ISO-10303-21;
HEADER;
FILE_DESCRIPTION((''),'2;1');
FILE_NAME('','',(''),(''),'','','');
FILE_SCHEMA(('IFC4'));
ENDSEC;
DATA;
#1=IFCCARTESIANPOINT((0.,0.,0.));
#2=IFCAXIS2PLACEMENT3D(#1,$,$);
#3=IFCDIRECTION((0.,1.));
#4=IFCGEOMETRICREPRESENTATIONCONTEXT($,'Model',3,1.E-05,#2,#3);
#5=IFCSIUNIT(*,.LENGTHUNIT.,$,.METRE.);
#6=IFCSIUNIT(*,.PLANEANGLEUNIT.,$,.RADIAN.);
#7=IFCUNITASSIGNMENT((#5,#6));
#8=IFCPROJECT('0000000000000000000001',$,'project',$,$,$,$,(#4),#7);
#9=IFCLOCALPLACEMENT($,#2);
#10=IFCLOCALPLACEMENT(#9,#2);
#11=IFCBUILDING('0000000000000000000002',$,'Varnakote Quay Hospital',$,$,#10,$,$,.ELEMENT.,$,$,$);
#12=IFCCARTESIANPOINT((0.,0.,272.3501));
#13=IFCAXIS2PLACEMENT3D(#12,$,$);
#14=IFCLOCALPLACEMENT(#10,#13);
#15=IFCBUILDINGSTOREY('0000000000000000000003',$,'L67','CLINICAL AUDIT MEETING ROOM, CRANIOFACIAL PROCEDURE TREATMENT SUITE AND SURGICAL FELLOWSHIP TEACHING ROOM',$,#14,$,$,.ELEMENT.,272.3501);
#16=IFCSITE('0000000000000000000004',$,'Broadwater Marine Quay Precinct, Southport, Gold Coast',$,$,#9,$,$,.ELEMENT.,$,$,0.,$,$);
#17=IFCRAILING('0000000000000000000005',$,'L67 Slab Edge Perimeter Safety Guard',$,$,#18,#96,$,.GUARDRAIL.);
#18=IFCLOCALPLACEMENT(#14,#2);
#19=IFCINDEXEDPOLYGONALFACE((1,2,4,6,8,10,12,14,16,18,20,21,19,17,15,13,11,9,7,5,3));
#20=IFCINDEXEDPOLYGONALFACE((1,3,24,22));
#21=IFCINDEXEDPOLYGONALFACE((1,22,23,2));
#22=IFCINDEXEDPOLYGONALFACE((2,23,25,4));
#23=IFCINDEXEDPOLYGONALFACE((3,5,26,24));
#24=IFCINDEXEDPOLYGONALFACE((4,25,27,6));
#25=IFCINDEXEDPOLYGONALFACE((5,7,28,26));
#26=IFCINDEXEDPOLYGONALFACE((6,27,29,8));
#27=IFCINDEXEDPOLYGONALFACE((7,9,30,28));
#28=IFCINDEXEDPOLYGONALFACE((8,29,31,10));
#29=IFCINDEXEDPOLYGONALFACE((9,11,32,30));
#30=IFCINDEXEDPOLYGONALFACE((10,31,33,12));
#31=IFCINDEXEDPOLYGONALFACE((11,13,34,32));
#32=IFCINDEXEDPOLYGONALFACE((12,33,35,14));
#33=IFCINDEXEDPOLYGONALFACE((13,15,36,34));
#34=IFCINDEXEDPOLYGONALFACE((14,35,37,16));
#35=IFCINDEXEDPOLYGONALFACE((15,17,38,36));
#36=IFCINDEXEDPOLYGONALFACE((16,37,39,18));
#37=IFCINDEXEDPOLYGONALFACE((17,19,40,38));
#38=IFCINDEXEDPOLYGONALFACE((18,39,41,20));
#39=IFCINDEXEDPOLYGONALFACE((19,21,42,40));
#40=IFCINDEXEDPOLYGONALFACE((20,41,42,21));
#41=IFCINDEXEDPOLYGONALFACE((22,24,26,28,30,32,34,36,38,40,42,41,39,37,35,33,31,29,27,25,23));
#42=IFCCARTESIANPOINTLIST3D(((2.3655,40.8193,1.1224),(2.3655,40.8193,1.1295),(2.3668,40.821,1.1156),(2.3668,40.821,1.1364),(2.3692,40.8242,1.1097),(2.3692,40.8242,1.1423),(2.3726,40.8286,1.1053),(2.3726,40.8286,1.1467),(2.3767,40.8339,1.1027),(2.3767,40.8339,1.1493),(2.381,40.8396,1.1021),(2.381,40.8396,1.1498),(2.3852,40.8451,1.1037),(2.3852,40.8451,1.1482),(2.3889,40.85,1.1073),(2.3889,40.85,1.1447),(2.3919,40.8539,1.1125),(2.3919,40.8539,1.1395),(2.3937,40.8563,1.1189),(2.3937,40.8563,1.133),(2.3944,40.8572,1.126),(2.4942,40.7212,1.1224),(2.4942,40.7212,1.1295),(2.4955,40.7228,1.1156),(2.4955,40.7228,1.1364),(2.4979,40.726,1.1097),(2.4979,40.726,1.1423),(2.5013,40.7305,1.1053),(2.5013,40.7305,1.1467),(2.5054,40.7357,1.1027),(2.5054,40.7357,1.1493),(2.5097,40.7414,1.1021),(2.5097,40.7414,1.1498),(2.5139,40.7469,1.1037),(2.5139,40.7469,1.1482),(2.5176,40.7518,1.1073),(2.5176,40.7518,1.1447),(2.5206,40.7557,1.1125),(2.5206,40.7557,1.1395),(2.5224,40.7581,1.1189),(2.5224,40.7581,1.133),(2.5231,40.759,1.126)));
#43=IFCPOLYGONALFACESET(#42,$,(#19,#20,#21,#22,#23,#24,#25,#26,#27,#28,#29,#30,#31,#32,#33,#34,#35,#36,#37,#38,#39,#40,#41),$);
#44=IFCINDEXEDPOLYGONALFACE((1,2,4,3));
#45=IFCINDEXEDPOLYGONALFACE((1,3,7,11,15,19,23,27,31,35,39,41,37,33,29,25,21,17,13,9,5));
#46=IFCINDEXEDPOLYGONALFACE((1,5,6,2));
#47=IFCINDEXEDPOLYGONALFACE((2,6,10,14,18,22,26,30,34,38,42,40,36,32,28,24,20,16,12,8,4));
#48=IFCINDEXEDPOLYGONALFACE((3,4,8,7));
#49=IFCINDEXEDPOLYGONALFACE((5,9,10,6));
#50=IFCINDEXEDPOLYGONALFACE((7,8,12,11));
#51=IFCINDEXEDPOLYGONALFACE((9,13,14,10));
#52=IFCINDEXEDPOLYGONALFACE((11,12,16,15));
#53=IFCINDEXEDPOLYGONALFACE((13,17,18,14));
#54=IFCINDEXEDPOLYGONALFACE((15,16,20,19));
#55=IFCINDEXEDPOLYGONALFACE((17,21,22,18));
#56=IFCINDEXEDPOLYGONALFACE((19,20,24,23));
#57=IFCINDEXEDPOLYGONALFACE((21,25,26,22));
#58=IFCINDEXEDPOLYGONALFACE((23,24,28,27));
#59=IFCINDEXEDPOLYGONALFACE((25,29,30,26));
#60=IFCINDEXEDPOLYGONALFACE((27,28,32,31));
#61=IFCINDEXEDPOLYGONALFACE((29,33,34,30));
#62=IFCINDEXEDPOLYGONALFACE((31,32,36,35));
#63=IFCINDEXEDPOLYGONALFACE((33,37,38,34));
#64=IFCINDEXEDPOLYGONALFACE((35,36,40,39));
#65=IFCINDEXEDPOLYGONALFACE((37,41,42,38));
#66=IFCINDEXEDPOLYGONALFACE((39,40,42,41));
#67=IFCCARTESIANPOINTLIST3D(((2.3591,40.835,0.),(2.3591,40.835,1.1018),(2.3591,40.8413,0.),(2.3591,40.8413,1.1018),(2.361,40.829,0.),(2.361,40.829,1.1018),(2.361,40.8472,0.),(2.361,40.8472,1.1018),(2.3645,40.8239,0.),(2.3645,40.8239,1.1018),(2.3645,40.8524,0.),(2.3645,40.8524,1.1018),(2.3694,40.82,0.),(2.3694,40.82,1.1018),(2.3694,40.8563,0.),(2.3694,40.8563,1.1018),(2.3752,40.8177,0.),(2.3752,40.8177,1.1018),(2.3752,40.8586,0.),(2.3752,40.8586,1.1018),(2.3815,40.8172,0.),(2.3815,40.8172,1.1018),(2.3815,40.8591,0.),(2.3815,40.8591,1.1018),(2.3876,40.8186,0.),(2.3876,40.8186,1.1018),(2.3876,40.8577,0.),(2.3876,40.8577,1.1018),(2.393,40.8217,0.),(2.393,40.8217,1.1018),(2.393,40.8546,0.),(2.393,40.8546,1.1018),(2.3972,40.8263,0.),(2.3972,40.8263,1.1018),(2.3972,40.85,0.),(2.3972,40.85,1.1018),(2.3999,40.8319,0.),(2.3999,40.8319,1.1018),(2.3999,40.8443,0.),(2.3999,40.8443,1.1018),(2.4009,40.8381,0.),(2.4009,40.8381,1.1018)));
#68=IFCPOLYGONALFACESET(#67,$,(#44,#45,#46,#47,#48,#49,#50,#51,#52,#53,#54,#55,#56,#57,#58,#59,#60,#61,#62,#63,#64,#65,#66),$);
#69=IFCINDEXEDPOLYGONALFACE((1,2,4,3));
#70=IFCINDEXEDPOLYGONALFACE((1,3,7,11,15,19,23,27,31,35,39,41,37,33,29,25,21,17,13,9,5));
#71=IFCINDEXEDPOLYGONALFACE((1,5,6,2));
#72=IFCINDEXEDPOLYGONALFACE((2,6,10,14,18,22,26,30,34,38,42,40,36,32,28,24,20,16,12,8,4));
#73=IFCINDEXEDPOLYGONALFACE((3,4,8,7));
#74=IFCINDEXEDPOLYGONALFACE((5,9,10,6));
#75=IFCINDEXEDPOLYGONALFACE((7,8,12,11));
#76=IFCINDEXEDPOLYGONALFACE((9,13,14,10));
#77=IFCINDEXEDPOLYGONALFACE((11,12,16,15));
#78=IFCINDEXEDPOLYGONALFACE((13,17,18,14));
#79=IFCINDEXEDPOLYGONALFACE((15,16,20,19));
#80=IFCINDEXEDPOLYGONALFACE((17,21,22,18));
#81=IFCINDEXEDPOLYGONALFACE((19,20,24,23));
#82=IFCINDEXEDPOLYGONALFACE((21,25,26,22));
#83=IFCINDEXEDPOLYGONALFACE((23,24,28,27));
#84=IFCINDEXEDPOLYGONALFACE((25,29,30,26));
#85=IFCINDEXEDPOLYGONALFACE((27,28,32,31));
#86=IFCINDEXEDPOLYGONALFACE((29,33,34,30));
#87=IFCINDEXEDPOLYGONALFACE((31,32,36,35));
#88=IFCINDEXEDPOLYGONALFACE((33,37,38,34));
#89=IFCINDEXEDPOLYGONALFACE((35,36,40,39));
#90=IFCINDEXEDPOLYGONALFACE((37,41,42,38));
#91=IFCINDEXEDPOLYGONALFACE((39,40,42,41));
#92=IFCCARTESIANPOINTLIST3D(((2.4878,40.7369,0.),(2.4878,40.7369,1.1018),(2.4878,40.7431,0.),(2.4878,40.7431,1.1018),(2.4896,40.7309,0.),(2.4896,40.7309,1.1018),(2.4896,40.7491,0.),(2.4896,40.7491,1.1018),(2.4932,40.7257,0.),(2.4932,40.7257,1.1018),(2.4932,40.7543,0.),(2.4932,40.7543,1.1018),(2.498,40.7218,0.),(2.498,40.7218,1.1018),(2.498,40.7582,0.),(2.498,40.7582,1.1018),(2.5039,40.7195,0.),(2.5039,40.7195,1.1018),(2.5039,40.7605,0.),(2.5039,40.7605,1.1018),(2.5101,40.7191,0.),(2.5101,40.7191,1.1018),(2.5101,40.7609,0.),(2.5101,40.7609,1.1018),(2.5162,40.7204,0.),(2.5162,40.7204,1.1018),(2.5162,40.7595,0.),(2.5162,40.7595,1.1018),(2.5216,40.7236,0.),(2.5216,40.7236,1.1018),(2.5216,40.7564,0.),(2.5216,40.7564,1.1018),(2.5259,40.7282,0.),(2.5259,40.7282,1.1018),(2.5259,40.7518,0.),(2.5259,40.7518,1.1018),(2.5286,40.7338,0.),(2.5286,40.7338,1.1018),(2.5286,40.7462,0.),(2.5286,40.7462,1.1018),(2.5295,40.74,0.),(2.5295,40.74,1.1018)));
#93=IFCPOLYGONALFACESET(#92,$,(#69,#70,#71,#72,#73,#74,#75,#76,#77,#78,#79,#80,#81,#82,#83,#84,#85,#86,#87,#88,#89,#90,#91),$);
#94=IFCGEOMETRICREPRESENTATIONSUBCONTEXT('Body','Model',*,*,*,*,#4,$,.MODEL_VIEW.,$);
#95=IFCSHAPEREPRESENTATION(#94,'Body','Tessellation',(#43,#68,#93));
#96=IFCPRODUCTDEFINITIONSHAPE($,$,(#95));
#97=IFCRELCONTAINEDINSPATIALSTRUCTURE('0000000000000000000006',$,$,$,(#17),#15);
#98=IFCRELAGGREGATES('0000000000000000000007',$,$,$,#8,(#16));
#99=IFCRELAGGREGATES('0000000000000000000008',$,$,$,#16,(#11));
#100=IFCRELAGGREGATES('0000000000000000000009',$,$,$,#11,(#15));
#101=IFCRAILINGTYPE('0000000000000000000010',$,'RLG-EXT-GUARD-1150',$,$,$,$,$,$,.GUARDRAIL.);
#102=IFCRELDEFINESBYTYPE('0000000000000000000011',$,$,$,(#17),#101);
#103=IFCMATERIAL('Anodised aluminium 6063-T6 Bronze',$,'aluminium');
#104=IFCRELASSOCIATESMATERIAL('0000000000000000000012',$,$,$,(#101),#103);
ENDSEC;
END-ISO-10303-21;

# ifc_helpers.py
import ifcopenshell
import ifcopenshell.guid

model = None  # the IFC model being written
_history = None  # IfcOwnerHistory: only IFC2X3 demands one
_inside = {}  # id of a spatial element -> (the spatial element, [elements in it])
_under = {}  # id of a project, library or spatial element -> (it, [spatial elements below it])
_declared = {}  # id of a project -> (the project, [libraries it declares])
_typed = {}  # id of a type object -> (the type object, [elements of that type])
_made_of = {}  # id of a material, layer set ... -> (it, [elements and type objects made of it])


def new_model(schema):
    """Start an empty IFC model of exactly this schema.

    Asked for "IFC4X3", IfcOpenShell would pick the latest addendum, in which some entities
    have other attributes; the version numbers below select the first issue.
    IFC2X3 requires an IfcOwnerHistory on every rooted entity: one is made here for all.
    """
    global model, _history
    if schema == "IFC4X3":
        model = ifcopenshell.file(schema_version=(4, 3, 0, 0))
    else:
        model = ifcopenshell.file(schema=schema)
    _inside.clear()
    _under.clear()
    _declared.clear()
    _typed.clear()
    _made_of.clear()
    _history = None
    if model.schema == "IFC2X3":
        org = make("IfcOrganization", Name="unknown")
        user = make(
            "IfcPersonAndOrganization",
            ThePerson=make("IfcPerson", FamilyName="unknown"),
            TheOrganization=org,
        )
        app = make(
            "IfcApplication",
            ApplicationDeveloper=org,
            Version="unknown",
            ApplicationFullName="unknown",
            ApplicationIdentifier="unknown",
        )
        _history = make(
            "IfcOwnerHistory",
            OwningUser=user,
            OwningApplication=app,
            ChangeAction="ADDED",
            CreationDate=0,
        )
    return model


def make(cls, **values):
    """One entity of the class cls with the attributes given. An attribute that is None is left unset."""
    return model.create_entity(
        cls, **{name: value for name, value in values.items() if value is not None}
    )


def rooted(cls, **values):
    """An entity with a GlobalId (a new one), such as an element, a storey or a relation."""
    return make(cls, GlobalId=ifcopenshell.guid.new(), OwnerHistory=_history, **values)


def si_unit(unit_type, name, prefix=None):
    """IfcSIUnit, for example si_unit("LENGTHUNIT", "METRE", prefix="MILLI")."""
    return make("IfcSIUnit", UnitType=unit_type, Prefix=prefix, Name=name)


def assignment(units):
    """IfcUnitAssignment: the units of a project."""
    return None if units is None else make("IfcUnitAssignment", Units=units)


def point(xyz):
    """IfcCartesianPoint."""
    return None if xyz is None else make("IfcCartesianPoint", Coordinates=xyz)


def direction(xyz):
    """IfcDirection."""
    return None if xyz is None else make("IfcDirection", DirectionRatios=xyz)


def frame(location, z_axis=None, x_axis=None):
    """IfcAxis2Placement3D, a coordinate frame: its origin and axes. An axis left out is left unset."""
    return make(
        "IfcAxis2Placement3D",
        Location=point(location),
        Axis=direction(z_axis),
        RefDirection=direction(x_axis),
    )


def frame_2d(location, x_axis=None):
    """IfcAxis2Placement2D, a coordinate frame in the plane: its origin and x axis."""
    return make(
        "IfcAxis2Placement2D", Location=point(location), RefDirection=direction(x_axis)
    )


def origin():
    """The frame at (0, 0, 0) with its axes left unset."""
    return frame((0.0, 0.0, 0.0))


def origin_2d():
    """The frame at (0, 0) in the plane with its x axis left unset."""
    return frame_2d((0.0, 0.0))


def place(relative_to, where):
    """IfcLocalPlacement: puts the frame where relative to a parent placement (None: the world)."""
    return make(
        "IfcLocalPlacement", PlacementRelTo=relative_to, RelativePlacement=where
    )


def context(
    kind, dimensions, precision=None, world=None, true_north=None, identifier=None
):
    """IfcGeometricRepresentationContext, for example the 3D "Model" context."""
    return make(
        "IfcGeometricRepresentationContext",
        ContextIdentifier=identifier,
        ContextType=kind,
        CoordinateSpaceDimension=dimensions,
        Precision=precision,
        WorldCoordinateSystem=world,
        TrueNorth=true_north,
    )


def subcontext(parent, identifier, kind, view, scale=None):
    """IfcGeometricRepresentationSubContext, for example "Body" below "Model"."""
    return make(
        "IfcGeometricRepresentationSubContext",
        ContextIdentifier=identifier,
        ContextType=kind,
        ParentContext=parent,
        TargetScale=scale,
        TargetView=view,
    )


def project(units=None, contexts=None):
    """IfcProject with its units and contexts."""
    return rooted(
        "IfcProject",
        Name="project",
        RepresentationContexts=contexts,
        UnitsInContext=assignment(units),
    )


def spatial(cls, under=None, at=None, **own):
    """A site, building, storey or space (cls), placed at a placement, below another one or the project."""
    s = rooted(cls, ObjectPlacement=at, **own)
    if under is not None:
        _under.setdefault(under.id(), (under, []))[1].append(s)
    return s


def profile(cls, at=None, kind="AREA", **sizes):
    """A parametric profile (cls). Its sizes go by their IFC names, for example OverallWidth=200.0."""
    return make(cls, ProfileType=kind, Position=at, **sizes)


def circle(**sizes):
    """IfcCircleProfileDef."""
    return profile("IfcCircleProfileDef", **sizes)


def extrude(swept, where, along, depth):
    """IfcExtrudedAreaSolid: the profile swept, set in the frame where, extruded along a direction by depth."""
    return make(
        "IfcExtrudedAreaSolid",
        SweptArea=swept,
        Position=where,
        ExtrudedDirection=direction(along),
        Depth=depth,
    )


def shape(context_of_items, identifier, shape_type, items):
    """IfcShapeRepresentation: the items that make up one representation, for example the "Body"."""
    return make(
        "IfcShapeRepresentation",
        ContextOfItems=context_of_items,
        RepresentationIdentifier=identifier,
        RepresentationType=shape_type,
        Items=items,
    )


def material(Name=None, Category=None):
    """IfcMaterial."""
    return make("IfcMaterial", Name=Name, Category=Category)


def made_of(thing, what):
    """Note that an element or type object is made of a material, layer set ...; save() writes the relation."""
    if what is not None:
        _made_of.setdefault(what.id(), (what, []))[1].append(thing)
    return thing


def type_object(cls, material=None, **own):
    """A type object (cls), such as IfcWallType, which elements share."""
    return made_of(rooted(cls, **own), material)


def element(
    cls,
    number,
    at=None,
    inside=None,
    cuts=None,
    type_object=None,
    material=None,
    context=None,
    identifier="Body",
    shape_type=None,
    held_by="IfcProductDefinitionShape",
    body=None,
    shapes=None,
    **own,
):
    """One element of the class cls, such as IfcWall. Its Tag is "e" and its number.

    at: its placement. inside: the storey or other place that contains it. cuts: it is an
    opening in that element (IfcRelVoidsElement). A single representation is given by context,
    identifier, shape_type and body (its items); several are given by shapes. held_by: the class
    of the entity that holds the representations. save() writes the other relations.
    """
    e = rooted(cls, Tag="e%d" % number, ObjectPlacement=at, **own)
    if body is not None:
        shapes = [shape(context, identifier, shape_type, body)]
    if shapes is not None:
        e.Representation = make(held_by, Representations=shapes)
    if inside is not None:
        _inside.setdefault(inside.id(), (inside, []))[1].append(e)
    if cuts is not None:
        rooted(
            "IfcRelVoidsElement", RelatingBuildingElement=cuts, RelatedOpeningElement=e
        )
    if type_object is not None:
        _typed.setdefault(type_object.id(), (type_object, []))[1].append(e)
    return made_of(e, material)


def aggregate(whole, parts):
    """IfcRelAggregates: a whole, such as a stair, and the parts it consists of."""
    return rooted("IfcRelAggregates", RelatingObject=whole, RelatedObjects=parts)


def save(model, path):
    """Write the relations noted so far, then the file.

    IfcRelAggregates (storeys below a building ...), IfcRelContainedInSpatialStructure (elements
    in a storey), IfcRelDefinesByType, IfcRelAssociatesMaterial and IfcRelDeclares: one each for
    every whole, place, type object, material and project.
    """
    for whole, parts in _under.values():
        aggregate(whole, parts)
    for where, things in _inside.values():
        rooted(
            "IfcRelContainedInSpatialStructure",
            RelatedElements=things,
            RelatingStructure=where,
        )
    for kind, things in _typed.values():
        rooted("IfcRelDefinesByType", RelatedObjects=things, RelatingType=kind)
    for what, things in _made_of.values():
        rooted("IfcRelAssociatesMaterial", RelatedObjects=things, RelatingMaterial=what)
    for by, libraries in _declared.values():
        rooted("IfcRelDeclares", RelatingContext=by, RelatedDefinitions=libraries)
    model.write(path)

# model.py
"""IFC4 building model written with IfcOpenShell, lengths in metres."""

from ifc_helpers import new_model, si_unit, direction, frame, origin, origin_2d, place, context, subcontext, project, spatial, circle, extrude, material, type_object, element, save


model = new_model("IFC4")

# Units and contexts
model_context = context("Model", 3, precision=1e-05, world=origin(), true_north=direction((0.0, 1.0)))
body_context = subcontext(model_context, "Body", "Model", "MODEL_VIEW")
ifc_project = project(units=[si_unit("LENGTHUNIT", "METRE"), si_unit("PLANEANGLEUNIT", "RADIAN")], contexts=[model_context])

# Site, building, storey
site_placement = place(None, origin())
site = spatial("IfcSite", under=ifc_project, at=site_placement, Name="Broadwater Marine Quay Precinct, Southport, Gold Coast", CompositionType="ELEMENT", RefElevation=0.0)
building_placement = place(site_placement, origin())
building = spatial("IfcBuilding", under=site, at=building_placement, Name="Varnakote Quay Hospital", CompositionType="ELEMENT")
storey_placement = place(building_placement, frame((0.0, 0.0, 272.3501)))
storey = spatial("IfcBuildingStorey", under=building, at=storey_placement, Name="L67", Description="CLINICAL AUDIT MEETING ROOM, CRANIOFACIAL PROCEDURE TREATMENT SUITE AND SURGICAL FELLOWSHIP TEACHING ROOM", CompositionType="ELEMENT", Elevation=272.3501)

# Railing
ifc_material_1 = material(Name="Anodised aluminium 6063-T6 Bronze", Category="aluminium")
railing_type = type_object("IfcRailingType", Name="RLG-EXT-GUARD-1150", PredefinedType="GUARDRAIL", material=ifc_material_1)
railing_1_placement = place(storey_placement, frame((2.3799, 40.8381, 0.0)))
element("IfcRailing", 1, at=railing_1_placement, inside=storey, type_object=railing_type, Name="L67 Slab Edge Perimeter Safety Guard", PredefinedType="GUARDRAIL", context=body_context, shape_type="SweptSolid", body=[
    extrude(circle(Radius=0.0239, at=origin_2d()), frame((0.0, 0.0, 1.126), z_axis=(0.795085, -0.606498, 0.0), x_axis=(0.606498, 0.795085, 0.0)), (0.0, 0.0, 1.0), 0.1619),
    extrude(circle(Radius=0.021, at=origin_2d()), origin(), (0.0, 0.0, 1.0), 1.1018),
    extrude(circle(Radius=0.021, at=origin_2d()), frame((0.1287, -0.0981, 0.0)), (0.0, 0.0, 1.0), 1.1018),
])

save(model, "model.ifc")
